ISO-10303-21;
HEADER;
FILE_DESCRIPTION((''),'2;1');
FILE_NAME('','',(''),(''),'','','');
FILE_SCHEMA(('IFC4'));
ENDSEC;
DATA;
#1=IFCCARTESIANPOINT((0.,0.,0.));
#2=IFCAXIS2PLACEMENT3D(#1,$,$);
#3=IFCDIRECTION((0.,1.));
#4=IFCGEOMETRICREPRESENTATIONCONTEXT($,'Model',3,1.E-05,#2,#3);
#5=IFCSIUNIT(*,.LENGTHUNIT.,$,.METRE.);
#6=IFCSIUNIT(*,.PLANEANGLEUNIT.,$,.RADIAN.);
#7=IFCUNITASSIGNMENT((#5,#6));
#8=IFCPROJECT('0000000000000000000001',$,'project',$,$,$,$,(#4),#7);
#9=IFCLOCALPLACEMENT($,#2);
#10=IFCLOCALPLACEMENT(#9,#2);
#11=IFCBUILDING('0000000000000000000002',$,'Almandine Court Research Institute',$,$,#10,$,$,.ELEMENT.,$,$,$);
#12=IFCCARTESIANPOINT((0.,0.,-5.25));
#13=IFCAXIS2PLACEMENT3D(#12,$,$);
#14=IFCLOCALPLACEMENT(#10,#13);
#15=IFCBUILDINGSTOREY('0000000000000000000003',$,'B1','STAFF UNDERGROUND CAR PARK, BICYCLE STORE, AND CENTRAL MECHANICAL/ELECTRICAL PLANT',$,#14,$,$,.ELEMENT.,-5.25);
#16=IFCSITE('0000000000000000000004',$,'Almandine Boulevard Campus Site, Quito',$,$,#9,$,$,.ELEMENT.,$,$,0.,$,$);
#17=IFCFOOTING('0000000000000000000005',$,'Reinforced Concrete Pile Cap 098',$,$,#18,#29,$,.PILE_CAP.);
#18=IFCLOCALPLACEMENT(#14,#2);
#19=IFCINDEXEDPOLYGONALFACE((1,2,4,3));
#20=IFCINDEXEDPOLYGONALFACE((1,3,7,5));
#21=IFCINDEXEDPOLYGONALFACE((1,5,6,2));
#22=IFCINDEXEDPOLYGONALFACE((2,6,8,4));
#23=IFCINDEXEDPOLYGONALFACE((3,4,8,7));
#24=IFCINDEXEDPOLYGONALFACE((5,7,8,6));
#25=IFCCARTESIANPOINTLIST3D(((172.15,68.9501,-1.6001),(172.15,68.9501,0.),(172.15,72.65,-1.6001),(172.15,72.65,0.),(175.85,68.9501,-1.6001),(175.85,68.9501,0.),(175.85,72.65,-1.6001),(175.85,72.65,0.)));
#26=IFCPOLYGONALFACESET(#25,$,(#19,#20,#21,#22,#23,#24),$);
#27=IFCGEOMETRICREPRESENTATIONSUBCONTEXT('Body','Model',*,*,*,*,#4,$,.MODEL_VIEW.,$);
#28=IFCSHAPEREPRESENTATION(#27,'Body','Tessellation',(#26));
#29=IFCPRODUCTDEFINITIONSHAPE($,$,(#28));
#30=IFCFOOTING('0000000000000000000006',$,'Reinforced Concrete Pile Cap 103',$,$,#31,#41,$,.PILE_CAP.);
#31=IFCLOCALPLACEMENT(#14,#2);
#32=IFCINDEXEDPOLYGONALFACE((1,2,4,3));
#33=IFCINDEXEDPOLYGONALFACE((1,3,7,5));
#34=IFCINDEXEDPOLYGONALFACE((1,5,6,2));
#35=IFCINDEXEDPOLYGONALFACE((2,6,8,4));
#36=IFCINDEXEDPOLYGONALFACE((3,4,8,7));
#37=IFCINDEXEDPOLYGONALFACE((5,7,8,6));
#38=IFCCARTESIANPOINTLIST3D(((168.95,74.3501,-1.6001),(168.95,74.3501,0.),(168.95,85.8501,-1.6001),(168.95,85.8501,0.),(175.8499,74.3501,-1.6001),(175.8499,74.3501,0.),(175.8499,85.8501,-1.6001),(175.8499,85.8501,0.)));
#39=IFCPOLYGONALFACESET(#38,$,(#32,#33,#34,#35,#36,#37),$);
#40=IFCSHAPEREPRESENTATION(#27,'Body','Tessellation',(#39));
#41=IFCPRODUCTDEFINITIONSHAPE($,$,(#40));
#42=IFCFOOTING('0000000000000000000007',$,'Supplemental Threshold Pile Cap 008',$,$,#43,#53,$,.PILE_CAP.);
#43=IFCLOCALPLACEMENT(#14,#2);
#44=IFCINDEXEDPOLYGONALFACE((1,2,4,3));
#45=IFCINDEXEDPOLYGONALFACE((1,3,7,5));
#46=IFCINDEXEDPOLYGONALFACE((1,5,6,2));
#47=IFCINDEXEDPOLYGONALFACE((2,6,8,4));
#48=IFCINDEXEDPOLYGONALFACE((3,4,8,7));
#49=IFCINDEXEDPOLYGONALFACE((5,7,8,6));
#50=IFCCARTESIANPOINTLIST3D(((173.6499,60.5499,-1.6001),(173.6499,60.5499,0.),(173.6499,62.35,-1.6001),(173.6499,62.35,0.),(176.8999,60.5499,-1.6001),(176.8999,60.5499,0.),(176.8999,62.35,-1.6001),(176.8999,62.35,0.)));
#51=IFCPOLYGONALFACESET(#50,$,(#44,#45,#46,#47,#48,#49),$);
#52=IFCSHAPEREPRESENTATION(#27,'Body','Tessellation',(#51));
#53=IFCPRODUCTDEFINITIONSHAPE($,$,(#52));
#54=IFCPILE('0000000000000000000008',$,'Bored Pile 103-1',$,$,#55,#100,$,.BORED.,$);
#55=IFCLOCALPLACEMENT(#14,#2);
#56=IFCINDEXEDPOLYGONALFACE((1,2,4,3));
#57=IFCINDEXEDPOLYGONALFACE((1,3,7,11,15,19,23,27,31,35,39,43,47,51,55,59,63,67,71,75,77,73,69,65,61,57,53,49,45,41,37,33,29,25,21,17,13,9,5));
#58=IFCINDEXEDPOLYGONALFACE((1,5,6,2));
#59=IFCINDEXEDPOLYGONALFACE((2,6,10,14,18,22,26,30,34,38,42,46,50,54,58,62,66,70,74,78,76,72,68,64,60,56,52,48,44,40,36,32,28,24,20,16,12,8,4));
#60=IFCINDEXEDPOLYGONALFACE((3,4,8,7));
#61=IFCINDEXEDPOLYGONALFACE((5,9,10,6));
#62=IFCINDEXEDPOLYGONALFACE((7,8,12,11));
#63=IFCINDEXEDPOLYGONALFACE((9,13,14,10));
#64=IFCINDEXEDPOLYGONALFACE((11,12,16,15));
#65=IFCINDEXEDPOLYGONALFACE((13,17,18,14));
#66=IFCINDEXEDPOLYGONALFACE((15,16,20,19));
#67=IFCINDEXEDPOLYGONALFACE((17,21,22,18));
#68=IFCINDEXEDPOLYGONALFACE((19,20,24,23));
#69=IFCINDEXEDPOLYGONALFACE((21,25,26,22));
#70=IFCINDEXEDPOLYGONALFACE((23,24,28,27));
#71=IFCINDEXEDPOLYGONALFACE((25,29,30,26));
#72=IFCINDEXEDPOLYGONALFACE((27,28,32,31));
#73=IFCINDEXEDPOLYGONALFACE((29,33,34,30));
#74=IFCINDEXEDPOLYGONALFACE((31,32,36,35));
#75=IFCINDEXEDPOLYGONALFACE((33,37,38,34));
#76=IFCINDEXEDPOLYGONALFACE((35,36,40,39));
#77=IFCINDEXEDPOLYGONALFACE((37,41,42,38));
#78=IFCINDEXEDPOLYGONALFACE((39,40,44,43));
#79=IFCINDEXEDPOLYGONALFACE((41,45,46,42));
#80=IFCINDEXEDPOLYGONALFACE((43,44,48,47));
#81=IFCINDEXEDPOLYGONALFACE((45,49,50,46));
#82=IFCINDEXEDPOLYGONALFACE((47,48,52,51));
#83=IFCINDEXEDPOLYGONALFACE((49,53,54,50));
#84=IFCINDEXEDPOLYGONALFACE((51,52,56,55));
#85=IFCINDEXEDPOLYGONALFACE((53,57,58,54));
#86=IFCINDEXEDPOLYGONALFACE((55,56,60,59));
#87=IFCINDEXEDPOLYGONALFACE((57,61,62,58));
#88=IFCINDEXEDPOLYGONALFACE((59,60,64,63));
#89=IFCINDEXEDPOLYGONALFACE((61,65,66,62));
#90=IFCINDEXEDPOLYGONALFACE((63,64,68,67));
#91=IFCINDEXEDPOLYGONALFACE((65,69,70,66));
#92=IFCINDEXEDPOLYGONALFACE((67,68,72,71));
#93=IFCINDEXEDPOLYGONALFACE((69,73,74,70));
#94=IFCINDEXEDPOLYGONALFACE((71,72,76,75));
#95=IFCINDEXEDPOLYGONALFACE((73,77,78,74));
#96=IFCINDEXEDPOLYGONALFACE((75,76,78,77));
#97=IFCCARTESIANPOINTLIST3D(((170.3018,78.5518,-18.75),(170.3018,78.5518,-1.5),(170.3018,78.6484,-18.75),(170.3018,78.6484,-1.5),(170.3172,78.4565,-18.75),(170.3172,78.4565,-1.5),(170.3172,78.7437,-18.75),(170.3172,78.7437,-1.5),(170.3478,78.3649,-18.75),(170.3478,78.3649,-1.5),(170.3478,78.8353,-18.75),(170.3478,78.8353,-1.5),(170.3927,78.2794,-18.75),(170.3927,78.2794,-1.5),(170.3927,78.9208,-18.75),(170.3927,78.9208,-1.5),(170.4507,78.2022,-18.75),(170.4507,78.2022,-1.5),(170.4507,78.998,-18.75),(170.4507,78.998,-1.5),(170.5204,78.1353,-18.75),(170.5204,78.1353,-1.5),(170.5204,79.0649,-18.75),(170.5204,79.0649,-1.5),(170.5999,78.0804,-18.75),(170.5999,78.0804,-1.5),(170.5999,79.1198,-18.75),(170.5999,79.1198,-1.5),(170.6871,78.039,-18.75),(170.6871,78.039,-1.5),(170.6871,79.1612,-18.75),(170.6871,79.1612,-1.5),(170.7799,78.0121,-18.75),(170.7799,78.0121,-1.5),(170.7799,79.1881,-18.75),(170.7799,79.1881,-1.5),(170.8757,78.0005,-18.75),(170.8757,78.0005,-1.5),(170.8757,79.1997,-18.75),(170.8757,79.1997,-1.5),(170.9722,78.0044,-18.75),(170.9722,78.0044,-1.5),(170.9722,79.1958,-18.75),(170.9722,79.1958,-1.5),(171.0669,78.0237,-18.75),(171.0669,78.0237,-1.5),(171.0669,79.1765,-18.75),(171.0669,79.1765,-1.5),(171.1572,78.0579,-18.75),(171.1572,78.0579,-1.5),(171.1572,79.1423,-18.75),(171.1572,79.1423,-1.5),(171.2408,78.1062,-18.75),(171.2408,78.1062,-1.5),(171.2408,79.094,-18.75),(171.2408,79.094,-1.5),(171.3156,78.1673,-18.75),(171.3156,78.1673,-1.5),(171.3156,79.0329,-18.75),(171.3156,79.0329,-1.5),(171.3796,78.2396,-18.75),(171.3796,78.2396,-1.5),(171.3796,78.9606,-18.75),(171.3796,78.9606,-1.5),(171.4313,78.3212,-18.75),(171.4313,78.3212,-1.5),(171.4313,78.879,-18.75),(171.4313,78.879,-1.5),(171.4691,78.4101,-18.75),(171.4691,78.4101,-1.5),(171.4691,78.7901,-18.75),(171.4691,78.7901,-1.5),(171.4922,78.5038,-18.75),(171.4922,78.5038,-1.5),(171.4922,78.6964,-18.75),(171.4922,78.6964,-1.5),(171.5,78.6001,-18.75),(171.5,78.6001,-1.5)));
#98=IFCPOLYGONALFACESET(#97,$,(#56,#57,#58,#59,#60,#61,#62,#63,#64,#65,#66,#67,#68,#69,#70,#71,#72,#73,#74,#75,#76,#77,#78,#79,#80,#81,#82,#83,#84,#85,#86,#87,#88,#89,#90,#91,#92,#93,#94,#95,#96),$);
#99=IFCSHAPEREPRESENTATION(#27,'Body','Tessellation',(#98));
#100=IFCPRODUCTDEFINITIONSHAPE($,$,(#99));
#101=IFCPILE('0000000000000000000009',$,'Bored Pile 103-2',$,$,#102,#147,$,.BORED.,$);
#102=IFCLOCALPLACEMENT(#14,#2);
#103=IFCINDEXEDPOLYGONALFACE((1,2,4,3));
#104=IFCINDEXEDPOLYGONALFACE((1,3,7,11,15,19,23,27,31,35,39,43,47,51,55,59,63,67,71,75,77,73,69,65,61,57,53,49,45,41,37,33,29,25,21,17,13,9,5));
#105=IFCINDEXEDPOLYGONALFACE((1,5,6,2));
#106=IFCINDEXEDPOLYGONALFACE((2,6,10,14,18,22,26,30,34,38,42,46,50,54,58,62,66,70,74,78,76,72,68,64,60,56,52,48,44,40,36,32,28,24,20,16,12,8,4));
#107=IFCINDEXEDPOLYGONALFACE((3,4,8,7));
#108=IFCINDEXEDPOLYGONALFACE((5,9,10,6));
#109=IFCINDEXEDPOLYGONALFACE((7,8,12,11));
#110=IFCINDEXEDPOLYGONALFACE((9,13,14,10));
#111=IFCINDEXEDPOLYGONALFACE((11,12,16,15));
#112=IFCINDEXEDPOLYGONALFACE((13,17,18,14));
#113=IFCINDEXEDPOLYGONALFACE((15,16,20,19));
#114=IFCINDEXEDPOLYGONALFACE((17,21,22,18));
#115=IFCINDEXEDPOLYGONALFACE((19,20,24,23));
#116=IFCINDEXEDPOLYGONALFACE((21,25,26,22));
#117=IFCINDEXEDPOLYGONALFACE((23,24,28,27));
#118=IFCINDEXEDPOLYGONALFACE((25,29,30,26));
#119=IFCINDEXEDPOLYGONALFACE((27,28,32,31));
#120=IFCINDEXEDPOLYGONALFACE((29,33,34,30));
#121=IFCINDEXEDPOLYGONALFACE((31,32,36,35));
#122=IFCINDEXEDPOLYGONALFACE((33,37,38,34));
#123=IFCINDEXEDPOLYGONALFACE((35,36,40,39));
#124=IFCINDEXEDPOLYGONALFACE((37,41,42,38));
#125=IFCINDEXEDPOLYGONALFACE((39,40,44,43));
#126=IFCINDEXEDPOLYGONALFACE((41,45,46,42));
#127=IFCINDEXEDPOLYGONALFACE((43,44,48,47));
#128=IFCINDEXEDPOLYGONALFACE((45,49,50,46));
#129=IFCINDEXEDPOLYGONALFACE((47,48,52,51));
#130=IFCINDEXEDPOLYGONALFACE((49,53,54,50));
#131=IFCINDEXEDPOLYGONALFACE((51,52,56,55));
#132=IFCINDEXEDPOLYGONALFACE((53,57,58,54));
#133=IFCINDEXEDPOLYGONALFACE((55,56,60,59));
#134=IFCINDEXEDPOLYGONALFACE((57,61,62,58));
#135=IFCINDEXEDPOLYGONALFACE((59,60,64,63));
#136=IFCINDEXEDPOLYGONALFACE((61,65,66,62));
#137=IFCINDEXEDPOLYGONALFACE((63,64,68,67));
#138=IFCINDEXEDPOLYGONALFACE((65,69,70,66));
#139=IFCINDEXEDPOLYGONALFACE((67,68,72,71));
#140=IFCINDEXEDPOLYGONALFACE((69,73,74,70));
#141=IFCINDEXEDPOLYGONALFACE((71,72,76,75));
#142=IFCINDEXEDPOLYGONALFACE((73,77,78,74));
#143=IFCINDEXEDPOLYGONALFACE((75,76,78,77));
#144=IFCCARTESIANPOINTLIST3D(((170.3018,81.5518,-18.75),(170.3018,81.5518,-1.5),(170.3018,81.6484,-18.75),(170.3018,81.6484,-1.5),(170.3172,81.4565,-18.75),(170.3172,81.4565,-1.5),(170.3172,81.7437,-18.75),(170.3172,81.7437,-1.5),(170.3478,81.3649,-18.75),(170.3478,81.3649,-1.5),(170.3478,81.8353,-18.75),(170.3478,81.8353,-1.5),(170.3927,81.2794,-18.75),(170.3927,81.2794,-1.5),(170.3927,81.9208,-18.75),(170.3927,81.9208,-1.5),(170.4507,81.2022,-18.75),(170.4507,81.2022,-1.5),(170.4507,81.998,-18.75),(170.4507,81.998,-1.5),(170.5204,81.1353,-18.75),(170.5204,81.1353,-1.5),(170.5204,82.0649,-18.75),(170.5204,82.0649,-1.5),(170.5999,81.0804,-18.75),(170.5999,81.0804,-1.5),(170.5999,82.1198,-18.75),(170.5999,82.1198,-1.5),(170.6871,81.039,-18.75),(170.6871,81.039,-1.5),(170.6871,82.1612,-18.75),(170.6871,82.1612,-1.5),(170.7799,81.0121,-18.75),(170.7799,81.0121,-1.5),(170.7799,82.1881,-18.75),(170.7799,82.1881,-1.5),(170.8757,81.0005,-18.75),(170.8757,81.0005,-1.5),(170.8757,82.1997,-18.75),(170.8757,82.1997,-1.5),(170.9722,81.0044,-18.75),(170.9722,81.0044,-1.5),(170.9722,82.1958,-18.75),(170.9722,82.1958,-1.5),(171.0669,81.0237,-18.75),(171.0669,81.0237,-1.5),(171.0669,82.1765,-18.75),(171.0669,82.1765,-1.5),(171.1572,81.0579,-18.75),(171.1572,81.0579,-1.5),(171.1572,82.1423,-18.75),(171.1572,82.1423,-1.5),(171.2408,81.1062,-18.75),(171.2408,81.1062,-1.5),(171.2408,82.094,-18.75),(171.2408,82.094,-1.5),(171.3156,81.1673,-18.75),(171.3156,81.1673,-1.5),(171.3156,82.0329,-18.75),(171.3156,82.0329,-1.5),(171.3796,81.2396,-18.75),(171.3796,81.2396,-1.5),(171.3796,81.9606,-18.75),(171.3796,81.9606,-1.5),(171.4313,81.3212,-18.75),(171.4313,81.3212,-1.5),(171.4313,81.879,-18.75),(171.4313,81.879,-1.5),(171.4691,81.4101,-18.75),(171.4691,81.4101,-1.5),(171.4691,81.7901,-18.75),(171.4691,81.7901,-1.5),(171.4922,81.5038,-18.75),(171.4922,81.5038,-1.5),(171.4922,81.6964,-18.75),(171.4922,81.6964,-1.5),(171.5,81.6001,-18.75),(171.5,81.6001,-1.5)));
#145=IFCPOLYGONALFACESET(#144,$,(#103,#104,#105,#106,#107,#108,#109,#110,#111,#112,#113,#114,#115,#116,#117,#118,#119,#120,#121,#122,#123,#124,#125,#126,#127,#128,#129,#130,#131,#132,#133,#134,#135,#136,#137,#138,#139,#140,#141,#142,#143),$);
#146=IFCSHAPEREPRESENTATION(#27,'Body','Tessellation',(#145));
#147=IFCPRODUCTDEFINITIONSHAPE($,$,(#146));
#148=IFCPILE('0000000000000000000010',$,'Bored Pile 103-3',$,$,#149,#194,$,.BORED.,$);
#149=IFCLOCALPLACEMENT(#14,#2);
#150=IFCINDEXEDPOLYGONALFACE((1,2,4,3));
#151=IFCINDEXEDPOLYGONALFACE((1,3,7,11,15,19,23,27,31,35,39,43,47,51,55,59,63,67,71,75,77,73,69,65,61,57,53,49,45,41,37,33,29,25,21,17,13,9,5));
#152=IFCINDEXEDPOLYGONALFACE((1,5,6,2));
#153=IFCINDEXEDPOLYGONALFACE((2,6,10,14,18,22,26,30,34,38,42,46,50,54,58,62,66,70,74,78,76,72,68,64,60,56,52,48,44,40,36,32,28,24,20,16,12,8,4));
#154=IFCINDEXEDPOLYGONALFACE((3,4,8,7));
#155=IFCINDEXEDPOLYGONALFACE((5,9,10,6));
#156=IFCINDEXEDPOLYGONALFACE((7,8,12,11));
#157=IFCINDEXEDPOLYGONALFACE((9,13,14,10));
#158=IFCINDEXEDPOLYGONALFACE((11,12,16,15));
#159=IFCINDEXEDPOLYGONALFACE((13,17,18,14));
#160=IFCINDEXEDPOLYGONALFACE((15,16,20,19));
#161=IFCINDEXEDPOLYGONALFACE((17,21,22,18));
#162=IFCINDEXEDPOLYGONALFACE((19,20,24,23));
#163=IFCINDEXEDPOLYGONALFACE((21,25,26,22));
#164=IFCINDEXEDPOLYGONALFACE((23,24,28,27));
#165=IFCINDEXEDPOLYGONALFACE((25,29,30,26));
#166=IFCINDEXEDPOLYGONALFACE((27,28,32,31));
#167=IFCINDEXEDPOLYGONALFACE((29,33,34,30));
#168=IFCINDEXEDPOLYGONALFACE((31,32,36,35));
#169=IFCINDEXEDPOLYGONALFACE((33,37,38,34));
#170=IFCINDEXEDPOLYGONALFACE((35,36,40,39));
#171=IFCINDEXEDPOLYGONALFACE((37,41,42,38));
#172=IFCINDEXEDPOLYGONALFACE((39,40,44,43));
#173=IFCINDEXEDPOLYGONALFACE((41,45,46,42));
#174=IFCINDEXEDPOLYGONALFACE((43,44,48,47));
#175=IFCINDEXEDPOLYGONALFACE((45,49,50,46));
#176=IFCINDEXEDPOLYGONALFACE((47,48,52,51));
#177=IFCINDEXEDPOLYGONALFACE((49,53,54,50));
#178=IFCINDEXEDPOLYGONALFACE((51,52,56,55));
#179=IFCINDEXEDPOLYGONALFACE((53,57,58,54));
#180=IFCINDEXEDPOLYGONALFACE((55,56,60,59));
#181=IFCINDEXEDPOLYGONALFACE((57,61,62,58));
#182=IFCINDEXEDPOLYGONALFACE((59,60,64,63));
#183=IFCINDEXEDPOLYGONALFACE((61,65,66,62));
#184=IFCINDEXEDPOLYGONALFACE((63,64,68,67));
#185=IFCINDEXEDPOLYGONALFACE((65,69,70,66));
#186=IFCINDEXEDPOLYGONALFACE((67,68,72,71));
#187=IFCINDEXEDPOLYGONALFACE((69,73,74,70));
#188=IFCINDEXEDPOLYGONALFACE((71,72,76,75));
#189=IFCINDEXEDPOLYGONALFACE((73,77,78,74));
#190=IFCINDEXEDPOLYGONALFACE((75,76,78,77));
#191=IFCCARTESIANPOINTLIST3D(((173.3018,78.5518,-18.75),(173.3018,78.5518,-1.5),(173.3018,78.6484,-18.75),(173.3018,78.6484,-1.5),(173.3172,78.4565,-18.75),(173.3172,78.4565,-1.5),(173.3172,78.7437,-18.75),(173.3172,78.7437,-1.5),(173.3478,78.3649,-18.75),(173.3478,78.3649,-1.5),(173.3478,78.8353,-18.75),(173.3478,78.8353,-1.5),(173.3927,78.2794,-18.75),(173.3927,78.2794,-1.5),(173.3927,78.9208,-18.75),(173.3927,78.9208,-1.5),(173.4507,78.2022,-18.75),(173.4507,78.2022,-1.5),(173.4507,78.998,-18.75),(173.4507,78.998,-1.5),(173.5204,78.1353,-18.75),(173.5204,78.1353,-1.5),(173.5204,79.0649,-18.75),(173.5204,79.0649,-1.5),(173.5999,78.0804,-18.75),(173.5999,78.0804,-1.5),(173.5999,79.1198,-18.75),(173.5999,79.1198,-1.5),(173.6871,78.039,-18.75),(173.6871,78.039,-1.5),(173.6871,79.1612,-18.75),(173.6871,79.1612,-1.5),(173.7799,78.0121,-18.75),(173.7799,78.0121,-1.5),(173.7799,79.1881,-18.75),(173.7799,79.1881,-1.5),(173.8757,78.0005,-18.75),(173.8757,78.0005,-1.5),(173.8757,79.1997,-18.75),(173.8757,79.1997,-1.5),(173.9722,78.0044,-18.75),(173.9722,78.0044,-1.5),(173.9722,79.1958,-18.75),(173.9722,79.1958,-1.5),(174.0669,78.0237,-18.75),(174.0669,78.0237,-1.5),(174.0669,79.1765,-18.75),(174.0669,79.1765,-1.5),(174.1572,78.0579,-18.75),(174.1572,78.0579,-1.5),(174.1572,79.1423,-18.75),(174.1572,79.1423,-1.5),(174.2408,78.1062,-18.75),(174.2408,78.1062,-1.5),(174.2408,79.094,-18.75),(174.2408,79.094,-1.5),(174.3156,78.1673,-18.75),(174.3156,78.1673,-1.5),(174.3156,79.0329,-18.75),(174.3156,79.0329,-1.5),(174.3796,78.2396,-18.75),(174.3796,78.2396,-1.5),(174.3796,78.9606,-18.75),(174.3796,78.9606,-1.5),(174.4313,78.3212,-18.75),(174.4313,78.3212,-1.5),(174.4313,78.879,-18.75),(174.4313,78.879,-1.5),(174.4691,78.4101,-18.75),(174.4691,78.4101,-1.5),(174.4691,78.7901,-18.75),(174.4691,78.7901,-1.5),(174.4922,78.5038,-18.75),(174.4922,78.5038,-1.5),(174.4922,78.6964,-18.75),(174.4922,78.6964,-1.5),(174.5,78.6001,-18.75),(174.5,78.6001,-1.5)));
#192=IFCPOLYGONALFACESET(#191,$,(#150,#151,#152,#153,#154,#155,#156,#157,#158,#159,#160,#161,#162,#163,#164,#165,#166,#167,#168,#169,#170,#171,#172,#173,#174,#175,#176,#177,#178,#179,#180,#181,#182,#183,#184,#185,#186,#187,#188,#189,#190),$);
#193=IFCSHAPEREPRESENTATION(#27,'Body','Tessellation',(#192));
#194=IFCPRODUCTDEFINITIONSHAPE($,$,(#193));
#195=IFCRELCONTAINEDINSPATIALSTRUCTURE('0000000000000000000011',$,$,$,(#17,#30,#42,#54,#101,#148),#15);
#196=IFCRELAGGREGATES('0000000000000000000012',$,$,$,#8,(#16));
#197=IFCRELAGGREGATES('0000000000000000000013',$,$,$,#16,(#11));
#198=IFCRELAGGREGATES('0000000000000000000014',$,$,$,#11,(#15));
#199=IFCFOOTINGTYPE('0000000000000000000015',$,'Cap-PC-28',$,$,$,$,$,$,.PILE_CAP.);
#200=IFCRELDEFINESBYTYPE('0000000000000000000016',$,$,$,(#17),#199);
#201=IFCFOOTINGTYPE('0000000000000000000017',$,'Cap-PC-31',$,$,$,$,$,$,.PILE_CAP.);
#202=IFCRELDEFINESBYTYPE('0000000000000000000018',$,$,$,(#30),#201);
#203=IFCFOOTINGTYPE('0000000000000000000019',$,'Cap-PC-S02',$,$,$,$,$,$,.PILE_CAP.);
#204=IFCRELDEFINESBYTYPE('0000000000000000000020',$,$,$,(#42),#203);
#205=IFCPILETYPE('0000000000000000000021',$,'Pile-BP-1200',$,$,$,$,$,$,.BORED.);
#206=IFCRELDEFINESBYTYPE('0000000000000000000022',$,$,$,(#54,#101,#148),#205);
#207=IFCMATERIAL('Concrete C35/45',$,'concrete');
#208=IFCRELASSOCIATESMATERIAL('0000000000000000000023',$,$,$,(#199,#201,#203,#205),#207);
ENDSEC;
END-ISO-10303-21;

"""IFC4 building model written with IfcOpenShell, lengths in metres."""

from ifc_helpers import new_model, si_unit, direction, frame, origin, origin_2d, place, context, subcontext, project, spatial, rectangle, circle, extrude, material, material_profile, profile_set, type_object, element, save


model = new_model("IFC4")

# Units and contexts
model_context = context("Model", 3, precision=1e-05, world=origin(), true_north=direction((0.0, 1.0)))
body_context = subcontext(model_context, "Body", "Model", "MODEL_VIEW")
ifc_project = project(units=[si_unit("LENGTHUNIT", "METRE"), si_unit("PLANEANGLEUNIT", "RADIAN")], contexts=[model_context])

# Site, building, storey
site_placement = place(None, origin())
site = spatial("IfcSite", under=ifc_project, at=site_placement, Name="Almandine Boulevard Campus Site, Quito", CompositionType="ELEMENT", RefElevation=0.0)
building_placement = place(site_placement, origin())
building = spatial("IfcBuilding", under=site, at=building_placement, Name="Almandine Court Research Institute", CompositionType="ELEMENT")
storey_placement = place(building_placement, frame((0.0, 0.0, -5.25)))
storey = spatial("IfcBuildingStorey", under=building, at=storey_placement, Name="B1", Description="STAFF UNDERGROUND CAR PARK, BICYCLE STORE, AND CENTRAL MECHANICAL/ELECTRICAL PLANT", CompositionType="ELEMENT", Elevation=-5.25)

# Footings
ifc_material_1 = material(Name="Concrete C35/45", Category="concrete")
footing_type_1 = type_object("IfcFootingType", Name="Cap-PC-28", PredefinedType="PILE_CAP", material=ifc_material_1)
footing_1_placement = place(storey_placement, frame((174.0, 70.8, -1.6001), z_axis=(0.0, 0.0, 1.0), x_axis=(1.0, 0.0, 0.0)))
element("IfcFooting", 1, at=footing_1_placement, inside=storey, type_object=footing_type_1, Name="Reinforced Concrete Pile Cap 098", PredefinedType="PILE_CAP", context=body_context, shape_type="SweptSolid", body=[
    extrude(rectangle(XDim=3.7, YDim=3.7, at=origin_2d()), origin(), (0.0, 0.0, 1.0), 1.6001),
])
footing_type_2 = type_object("IfcFootingType", Name="Cap-PC-31", PredefinedType="PILE_CAP", material=ifc_material_1)
footing_2_placement = place(storey_placement, frame((172.3999, 80.1001, -1.6001), z_axis=(0.0, 0.0, 1.0), x_axis=(1.0, 0.0, 0.0)))
element("IfcFooting", 2, at=footing_2_placement, inside=storey, type_object=footing_type_2, Name="Reinforced Concrete Pile Cap 103", PredefinedType="PILE_CAP", context=body_context, shape_type="SweptSolid", body=[
    extrude(rectangle(XDim=6.8999, YDim=11.5, at=origin_2d()), origin(), (0.0, 0.0, 1.0), 1.6001),
])
footing_type_3 = type_object("IfcFootingType", Name="Cap-PC-S02", PredefinedType="PILE_CAP", material=ifc_material_1)
footing_3_placement = place(storey_placement, frame((175.2749, 61.45, -1.6001), z_axis=(0.0, 0.0, 1.0), x_axis=(1.0, 0.0, 0.0)))
element("IfcFooting", 3, at=footing_3_placement, inside=storey, type_object=footing_type_3, Name="Supplemental Threshold Pile Cap 008", PredefinedType="PILE_CAP", context=body_context, shape_type="SweptSolid", body=[
    extrude(rectangle(XDim=3.25, YDim=1.8, at=origin_2d()), origin(), (0.0, 0.0, 1.0), 1.6001),
])

# Piles
ifc_material_profile_1 = material_profile(ifc_material_1, circle(Radius=0.6001, at=origin_2d()), Name="BORED PILE D1200")
ifc_profile_set_1 = profile_set([ifc_material_profile_1], Name="Concrete C35/45")
pile_type_1 = type_object("IfcPileType", Name="Pile-BP-1200", PredefinedType="BORED", material=ifc_profile_set_1)
for number, where, z_axis, x_axis, name in (
    (4, (170.8999, 78.6001, -1.5), (0.0, 0.0, -1.0), (1.0, 0.0, 0.0), "Bored Pile 103-1"),
    (5, (170.8999, 81.6001, -1.5), (0.0, 0.0, -1.0), (1.0, 0.0, 0.0), "Bored Pile 103-2"),
    (6, (173.8999, 78.6001, -1.5), (0.0, 0.0, -1.0), (1.0, 0.0, 0.0), "Bored Pile 103-3"),
):
    element("IfcPile", number, at=place(storey_placement, frame(where, z_axis=z_axis, x_axis=x_axis)), inside=storey, type_object=pile_type_1, Name=name, PredefinedType="BORED", context=body_context, shape_type="SweptSolid", body=[
        extrude(circle(Radius=0.6001, at=origin_2d()), origin(), (0.0, 0.0, 1.0), 17.25),
    ])

save(model, "model.ifc")
